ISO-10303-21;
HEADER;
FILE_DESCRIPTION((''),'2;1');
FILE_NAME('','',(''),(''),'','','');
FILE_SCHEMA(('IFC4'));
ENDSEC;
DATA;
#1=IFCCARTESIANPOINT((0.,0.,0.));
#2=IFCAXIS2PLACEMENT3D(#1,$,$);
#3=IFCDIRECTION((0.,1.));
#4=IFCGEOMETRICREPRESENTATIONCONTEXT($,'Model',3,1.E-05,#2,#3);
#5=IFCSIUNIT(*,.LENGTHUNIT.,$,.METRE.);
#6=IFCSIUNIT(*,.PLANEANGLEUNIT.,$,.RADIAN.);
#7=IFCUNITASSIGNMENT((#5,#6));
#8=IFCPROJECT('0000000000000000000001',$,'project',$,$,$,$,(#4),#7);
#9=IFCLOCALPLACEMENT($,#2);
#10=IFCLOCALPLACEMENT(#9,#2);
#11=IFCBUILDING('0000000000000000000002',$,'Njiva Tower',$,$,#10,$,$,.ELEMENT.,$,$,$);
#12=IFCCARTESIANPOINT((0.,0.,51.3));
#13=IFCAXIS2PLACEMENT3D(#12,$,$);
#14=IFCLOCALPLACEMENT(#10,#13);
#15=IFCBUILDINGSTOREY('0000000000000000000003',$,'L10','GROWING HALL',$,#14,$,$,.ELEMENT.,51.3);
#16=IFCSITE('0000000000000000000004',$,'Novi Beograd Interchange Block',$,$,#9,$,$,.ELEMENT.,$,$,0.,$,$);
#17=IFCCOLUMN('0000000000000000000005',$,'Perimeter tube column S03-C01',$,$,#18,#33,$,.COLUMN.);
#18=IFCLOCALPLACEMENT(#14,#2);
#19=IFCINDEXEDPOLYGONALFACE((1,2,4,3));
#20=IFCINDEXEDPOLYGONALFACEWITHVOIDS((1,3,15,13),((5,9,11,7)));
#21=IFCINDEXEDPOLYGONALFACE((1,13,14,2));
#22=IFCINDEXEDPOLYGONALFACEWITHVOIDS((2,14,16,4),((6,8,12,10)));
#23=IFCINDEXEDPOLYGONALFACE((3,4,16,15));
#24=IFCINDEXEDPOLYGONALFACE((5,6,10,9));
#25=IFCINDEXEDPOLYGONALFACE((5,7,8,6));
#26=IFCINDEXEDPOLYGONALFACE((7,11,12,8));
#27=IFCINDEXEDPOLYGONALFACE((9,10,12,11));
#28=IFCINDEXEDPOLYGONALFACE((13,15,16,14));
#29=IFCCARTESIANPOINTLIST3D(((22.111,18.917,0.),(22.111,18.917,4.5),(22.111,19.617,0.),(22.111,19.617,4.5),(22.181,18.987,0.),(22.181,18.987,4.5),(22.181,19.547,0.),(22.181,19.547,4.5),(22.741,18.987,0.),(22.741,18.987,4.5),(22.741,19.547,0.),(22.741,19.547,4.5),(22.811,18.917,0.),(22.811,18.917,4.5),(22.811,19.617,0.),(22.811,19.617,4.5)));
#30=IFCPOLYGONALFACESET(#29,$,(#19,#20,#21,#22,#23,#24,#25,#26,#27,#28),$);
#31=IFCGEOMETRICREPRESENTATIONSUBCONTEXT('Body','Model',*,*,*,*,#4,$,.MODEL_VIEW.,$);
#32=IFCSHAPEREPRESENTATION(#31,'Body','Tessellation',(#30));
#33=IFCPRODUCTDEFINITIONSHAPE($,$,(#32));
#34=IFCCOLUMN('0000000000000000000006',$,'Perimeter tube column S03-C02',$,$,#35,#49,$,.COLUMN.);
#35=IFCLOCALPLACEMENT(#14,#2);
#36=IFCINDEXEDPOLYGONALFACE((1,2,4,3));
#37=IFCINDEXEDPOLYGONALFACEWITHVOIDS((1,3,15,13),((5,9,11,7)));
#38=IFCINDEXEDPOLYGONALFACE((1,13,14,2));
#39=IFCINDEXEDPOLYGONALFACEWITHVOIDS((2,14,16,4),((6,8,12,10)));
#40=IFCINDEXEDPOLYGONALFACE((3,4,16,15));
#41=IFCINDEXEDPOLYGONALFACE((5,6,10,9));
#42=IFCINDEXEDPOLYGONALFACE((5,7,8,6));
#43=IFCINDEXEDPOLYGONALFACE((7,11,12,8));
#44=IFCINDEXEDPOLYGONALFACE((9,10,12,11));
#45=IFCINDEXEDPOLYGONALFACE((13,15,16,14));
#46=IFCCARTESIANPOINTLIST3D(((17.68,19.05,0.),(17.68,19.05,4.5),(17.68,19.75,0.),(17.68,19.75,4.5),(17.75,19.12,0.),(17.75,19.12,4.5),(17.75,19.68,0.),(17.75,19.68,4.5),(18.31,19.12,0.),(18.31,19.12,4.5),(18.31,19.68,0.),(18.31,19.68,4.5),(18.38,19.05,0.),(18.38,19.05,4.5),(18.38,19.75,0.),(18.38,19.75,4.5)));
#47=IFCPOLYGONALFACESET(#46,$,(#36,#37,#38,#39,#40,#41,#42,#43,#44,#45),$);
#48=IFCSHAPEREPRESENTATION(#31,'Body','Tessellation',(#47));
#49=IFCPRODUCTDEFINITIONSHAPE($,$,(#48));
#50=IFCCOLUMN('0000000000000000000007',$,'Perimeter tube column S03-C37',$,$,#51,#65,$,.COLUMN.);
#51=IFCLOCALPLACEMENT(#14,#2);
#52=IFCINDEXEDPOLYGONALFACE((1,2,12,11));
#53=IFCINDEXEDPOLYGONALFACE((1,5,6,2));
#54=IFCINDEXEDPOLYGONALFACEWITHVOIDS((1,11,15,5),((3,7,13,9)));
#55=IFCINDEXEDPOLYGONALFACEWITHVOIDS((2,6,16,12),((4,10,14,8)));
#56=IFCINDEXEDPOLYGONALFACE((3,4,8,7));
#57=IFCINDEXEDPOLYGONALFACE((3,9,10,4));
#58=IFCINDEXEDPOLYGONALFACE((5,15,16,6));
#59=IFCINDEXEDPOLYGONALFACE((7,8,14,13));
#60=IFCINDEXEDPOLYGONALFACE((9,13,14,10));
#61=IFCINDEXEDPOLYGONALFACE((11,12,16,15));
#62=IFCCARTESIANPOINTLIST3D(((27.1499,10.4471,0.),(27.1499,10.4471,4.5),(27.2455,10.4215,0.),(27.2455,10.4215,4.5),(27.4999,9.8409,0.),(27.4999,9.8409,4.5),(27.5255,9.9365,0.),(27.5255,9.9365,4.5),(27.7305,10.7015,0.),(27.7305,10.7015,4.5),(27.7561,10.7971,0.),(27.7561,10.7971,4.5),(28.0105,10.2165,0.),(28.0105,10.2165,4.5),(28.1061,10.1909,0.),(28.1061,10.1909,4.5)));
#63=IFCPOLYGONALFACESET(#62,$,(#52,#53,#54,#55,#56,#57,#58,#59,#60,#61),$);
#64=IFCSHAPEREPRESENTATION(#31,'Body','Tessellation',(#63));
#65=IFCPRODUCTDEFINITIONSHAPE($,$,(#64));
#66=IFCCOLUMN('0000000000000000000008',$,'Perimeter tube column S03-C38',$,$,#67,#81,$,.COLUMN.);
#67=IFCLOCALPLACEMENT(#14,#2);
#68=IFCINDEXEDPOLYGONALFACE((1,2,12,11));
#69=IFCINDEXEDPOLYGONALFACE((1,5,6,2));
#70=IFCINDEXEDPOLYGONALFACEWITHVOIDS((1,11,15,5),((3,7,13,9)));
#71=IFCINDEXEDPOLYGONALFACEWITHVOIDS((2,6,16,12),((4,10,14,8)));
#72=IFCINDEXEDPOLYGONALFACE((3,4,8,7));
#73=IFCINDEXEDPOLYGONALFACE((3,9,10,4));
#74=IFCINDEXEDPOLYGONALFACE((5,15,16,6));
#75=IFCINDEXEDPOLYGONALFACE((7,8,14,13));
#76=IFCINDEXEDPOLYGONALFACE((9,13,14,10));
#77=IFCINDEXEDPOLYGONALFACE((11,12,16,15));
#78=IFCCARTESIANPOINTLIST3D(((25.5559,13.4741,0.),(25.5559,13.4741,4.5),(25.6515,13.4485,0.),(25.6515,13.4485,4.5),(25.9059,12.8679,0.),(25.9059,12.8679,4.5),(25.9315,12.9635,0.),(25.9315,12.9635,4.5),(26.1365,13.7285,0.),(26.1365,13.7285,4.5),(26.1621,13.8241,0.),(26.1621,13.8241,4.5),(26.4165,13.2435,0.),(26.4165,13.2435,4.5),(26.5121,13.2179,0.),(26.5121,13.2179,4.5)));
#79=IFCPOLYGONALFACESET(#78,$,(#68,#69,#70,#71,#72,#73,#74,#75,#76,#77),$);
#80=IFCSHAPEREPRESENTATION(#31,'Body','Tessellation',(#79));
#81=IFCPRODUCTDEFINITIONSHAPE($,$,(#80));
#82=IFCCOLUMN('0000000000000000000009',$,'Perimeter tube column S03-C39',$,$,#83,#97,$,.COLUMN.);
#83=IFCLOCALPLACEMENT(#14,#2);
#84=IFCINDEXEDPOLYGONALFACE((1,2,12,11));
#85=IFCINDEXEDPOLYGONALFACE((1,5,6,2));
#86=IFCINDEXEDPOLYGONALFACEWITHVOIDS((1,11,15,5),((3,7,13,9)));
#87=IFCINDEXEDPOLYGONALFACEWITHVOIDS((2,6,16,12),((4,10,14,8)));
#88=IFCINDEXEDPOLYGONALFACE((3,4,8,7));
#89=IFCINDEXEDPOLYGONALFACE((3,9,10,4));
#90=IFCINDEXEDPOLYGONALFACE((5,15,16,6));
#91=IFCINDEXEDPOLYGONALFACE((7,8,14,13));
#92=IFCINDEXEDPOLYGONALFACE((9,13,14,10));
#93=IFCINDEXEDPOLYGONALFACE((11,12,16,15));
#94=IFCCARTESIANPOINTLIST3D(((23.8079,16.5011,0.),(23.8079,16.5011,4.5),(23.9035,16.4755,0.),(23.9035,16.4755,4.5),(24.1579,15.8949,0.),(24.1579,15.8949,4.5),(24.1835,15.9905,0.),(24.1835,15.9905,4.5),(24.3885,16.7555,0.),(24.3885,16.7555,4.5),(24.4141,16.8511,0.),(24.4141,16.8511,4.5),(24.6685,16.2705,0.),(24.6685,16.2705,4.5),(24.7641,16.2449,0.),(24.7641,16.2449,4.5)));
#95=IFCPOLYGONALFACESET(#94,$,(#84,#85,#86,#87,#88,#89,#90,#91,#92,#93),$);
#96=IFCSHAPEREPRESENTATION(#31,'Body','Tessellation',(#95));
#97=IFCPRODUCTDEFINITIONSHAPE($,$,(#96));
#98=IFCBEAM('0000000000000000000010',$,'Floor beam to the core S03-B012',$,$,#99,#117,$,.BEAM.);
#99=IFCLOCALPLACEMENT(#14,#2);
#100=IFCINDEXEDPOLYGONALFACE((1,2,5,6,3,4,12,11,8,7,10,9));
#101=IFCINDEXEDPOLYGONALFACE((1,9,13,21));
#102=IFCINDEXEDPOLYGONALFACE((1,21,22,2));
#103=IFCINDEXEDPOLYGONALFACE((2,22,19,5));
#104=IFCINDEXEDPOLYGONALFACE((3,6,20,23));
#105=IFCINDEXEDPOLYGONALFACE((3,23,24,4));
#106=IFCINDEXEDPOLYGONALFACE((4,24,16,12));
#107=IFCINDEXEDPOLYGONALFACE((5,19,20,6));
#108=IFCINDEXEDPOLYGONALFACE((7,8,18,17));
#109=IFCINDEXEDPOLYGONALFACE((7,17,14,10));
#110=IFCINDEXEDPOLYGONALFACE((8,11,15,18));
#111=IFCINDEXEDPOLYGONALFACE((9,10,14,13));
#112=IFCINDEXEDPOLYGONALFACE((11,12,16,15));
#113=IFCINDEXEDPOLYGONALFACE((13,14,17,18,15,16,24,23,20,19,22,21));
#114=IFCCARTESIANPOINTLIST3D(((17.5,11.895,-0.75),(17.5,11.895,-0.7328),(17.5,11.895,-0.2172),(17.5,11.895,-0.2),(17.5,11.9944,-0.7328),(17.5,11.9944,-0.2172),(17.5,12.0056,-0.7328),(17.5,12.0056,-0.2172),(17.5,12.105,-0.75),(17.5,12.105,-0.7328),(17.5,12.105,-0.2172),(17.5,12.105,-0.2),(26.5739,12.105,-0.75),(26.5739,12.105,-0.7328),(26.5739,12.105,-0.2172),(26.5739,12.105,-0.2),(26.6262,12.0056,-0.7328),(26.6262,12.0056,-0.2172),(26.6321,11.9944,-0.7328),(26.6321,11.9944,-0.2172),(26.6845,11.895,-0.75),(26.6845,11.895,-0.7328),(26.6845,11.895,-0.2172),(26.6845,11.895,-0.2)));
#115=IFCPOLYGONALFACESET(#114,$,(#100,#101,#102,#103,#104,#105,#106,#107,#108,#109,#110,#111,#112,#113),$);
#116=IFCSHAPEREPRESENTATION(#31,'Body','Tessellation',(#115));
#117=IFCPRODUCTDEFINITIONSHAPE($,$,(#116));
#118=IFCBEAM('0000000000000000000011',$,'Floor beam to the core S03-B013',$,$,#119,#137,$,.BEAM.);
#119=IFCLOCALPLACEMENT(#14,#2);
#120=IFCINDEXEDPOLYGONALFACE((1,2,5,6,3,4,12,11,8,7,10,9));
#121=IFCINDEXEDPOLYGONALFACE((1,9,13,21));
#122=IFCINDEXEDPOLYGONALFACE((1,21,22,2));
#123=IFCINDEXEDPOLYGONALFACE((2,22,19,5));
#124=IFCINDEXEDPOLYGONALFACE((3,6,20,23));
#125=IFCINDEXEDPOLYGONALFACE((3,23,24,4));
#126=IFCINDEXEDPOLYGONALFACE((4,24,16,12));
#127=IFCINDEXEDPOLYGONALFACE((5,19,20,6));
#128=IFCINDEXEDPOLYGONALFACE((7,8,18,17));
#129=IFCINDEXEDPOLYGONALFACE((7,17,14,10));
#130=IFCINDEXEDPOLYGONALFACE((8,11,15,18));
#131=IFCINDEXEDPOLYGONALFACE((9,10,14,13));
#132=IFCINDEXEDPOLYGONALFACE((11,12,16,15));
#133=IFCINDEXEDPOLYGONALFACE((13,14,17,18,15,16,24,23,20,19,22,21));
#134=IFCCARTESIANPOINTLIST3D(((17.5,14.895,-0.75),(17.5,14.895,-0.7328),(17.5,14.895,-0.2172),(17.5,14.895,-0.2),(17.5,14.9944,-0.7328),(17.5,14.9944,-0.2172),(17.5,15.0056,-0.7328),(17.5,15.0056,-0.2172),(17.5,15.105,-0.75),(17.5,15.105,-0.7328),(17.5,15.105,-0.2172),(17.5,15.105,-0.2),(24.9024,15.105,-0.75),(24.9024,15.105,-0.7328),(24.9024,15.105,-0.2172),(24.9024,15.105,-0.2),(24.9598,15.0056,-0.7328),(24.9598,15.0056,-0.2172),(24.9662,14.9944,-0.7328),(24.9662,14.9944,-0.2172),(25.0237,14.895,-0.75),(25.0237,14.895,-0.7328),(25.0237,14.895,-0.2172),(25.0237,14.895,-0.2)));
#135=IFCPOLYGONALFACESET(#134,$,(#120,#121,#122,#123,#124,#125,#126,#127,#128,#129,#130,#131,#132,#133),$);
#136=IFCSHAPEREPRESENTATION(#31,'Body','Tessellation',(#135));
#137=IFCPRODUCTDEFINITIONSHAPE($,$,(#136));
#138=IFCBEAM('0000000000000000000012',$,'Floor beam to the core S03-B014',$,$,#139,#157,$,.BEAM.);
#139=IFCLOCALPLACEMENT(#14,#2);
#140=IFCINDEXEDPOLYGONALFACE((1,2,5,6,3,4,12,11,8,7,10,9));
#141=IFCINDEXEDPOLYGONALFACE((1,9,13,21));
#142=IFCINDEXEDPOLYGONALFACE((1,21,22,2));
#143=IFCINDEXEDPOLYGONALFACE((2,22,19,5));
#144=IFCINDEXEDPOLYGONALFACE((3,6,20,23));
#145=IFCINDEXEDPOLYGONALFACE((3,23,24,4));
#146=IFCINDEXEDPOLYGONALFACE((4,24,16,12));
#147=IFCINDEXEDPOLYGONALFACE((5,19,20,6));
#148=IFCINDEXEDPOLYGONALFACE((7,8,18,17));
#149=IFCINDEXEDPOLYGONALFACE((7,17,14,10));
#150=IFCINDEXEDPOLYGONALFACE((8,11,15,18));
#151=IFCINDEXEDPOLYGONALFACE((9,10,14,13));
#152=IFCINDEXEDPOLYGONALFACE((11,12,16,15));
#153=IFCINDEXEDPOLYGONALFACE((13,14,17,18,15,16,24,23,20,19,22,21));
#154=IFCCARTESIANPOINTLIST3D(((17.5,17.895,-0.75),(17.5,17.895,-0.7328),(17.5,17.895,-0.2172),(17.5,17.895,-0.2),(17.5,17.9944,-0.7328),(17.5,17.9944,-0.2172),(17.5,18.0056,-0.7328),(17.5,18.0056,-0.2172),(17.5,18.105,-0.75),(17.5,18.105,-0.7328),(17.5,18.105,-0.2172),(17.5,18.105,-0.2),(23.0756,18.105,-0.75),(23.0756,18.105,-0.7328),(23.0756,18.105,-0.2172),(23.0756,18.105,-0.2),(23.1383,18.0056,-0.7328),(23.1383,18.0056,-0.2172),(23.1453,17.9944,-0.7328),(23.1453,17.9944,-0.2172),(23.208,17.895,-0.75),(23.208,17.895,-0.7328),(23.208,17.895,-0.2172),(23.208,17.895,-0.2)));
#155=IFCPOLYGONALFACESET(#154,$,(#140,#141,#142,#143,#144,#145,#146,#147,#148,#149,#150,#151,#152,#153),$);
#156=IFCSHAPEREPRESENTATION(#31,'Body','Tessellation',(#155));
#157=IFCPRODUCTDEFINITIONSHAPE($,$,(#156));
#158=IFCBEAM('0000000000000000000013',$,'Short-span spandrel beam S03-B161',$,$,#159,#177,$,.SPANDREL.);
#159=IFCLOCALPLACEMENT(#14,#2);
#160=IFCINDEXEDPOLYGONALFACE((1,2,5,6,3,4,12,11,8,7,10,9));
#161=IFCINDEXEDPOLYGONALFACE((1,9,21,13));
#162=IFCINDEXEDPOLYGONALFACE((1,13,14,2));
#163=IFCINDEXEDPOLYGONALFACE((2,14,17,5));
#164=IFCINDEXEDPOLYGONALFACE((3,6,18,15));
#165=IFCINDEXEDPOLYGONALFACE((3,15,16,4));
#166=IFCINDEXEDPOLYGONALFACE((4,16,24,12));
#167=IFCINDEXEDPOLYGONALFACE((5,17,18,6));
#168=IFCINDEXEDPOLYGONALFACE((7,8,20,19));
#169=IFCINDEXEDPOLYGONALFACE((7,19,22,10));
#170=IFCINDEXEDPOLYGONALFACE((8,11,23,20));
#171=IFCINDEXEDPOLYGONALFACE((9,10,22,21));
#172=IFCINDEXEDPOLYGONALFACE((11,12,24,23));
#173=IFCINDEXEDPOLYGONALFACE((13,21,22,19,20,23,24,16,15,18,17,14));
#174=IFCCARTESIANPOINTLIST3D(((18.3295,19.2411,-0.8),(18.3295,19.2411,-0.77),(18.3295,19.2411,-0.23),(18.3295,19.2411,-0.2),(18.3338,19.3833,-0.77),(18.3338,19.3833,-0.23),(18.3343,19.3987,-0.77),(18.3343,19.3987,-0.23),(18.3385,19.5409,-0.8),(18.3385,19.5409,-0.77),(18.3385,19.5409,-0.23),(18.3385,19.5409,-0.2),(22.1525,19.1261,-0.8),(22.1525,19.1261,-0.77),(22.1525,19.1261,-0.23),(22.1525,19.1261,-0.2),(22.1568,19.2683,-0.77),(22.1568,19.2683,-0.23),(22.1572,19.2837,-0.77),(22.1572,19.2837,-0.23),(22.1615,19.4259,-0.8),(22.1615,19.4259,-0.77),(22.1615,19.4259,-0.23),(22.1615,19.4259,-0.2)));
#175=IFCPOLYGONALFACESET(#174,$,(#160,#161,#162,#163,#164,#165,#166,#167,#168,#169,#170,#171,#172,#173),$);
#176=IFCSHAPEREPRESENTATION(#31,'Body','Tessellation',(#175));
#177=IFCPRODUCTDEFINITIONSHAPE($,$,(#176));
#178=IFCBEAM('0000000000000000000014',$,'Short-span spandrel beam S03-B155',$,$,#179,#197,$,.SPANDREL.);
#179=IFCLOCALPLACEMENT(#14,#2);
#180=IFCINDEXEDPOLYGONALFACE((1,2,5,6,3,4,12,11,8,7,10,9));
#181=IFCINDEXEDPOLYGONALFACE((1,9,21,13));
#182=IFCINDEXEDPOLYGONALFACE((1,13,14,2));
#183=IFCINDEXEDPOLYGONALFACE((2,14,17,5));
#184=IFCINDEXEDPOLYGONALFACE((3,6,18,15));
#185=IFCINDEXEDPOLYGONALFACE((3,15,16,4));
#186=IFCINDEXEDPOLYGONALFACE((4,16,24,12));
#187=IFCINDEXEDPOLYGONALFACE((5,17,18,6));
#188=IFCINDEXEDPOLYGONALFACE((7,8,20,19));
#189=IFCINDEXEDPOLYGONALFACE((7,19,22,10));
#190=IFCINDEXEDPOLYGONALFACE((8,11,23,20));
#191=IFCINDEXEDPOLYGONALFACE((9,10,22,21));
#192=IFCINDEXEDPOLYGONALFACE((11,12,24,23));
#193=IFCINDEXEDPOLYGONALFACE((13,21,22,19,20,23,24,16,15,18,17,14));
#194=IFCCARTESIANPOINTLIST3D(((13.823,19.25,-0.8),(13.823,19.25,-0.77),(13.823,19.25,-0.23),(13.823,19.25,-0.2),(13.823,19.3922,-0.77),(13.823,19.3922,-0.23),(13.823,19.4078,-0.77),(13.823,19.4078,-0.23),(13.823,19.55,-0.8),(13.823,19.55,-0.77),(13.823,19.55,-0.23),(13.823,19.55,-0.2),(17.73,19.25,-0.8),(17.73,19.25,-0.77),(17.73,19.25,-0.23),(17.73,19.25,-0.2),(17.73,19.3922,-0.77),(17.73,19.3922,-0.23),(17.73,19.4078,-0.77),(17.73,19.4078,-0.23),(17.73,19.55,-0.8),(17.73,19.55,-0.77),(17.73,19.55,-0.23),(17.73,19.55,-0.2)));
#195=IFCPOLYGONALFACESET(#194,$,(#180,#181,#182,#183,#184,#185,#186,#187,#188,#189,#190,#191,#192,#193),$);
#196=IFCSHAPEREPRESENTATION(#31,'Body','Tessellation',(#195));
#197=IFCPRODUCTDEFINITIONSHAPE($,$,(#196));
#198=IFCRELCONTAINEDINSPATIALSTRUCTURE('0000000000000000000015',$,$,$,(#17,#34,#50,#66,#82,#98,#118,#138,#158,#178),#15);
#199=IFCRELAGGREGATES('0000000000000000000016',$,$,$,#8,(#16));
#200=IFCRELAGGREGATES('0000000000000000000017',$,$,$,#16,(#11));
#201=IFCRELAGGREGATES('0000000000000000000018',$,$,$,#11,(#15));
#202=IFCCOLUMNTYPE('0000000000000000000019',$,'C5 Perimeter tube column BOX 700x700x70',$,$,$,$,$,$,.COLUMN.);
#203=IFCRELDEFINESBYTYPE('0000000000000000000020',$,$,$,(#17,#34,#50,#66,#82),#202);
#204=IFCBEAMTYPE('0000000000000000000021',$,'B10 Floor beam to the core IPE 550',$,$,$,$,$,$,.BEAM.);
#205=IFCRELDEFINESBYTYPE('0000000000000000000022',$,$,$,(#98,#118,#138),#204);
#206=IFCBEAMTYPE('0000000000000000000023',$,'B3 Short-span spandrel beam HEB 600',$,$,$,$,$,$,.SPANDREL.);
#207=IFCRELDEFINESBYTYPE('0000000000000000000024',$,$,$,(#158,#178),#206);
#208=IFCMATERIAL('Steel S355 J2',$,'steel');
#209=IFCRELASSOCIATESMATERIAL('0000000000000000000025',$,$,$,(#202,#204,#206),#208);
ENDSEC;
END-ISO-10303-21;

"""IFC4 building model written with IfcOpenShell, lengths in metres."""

from ifc_helpers import new_model, si_unit, direction, frame, origin, origin_2d, place, context, subcontext, project, spatial, hollow_rectangle, i_section, extrude, clip, halfspace, material, material_profile, profile_set, type_object, element, save


model = new_model("IFC4")

# Units and contexts
model_context = context("Model", 3, precision=1e-05, world=origin(), true_north=direction((0.0, 1.0)))
body_context = subcontext(model_context, "Body", "Model", "MODEL_VIEW")
ifc_project = project(units=[si_unit("LENGTHUNIT", "METRE"), si_unit("PLANEANGLEUNIT", "RADIAN")], contexts=[model_context])

# Site, building, storey
site_placement = place(None, origin())
site = spatial("IfcSite", under=ifc_project, at=site_placement, Name="Novi Beograd Interchange Block", CompositionType="ELEMENT", RefElevation=0.0)
building_placement = place(site_placement, origin())
building = spatial("IfcBuilding", under=site, at=building_placement, Name="Njiva Tower", CompositionType="ELEMENT")
storey_placement = place(building_placement, frame((0.0, 0.0, 51.3)))
storey = spatial("IfcBuildingStorey", under=building, at=storey_placement, Name="L10", Description="GROWING HALL", CompositionType="ELEMENT", Elevation=51.3)

# Columns
ifc_material_1 = material(Name="Steel S355 J2", Category="steel")
ifc_material_profile_1 = material_profile(ifc_material_1, hollow_rectangle(XDim=0.7, YDim=0.7, WallThickness=0.07, at=origin_2d()), Name="BOX 700x700x70")
ifc_profile_set_1 = profile_set([ifc_material_profile_1], Name="Steel S355 J2")
column_type = type_object("IfcColumnType", Name="C5 Perimeter tube column BOX 700x700x70", PredefinedType="COLUMN", material=ifc_profile_set_1)
for number, where, z_axis, x_axis, name in (
    (1, (22.461, 19.267, 0.0), (0.0, 0.0, 1.0), (-1.0, 0.0, 0.0), "Perimeter tube column S03-C01"),
    (2, (18.03, 19.4, 0.0), (0.0, 0.0, 1.0), (-1.0, 0.0, 0.0), "Perimeter tube column S03-C02"),
    (3, (27.628, 10.319, 0.0), (0.0, 0.0, 1.0), (-0.5, 0.866025, 0.0), "Perimeter tube column S03-C37"),
    (4, (26.034, 13.346, 0.0), (0.0, 0.0, 1.0), (-0.5, 0.866025, 0.0), "Perimeter tube column S03-C38"),
    (5, (24.286, 16.373, 0.0), (0.0, 0.0, 1.0), (-0.5, 0.866025, 0.0), "Perimeter tube column S03-C39"),
):
    element("IfcColumn", number, at=place(storey_placement, frame(where, z_axis=z_axis, x_axis=x_axis)), inside=storey, type_object=column_type, Name=name, PredefinedType="COLUMN", context=body_context, shape_type="SweptSolid", body=[
        extrude(hollow_rectangle(XDim=0.7, YDim=0.7, WallThickness=0.07, at=origin_2d()), origin(), (0.0, 0.0, 1.0), 4.5),
    ])

# Beams
ifc_material_profile_2 = material_profile(ifc_material_1, i_section(OverallWidth=0.21, OverallDepth=0.55, WebThickness=0.0111, FlangeThickness=0.0172, at=origin_2d()), Name="IPE 550")
ifc_profile_set_2 = profile_set([ifc_material_profile_2], Name="Steel S355 J2")
beam_type_1 = type_object("IfcBeamType", Name="B10 Floor beam to the core IPE 550", PredefinedType="BEAM", material=ifc_profile_set_2)
beam_1_placement = place(storey_placement, frame((17.5, 12.0, -0.475), z_axis=(1.0, 0.0, 0.0), x_axis=(0.0, 1.0, 0.0)))
element("IfcBeam", 6, at=beam_1_placement, inside=storey, type_object=beam_type_1, Name="Floor beam to the core S03-B012", PredefinedType="BEAM", context=body_context, shape_type="Clipping", body=[
    clip(extrude(i_section(OverallWidth=0.21, OverallDepth=0.55, WebThickness=0.0111, FlangeThickness=0.0172, at=origin_2d()), origin(), (0.0, 0.0, 1.0), 9.204), halfspace(frame((0.0233, 0.0, 9.1169), z_axis=(0.465931, 0.0, 0.884821), x_axis=(0.0, 1.0, 0.0)), False)),
])
beam_2_placement = place(storey_placement, frame((17.5, 15.0, -0.475), z_axis=(1.0, 0.0, 0.0), x_axis=(0.0, 1.0, 0.0)))
element("IfcBeam", 7, at=beam_2_placement, inside=storey, type_object=beam_type_1, Name="Floor beam to the core S03-B013", PredefinedType="BEAM", context=body_context, shape_type="Clipping", body=[
    clip(extrude(i_section(OverallWidth=0.21, OverallDepth=0.55, WebThickness=0.0111, FlangeThickness=0.0172, at=origin_2d()), origin(), (0.0, 0.0, 1.0), 7.544), halfspace(frame((0.025, 0.0, 7.4486), z_axis=(0.499998, 0.0, 0.866027), x_axis=(0.0, 1.0, 0.0)), False)),
])
beam_3_placement = place(storey_placement, frame((17.5, 18.0, -0.475), z_axis=(1.0, 0.0, 0.0), x_axis=(0.0, 1.0, 0.0)))
element("IfcBeam", 8, at=beam_3_placement, inside=storey, type_object=beam_type_1, Name="Floor beam to the core S03-B014", PredefinedType="BEAM", context=body_context, shape_type="Clipping", body=[
    clip(extrude(i_section(OverallWidth=0.21, OverallDepth=0.55, WebThickness=0.0111, FlangeThickness=0.0172, at=origin_2d()), origin(), (0.0, 0.0, 1.0), 5.728), halfspace(frame((0.0267, 0.0, 5.625), z_axis=(0.533317, 0.0, 0.845915), x_axis=(0.0, 1.0, 0.0)), False)),
])
ifc_material_profile_3 = material_profile(ifc_material_1, i_section(OverallWidth=0.3, OverallDepth=0.6, WebThickness=0.0155, FlangeThickness=0.03, at=origin_2d()), Name="HEB 600")
ifc_profile_set_3 = profile_set([ifc_material_profile_3], Name="Steel S355 J2")
beam_type_2 = type_object("IfcBeamType", Name="B3 Short-span spandrel beam HEB 600", PredefinedType="SPANDREL", material=ifc_profile_set_3)
beam_4_placement = place(storey_placement, frame((22.157, 19.276, -0.5), z_axis=(-0.999548, 0.030067, 0.0), x_axis=(-0.030067, -0.999548, 0.0)))
element("IfcBeam", 9, at=beam_4_placement, inside=storey, type_object=beam_type_2, Name="Short-span spandrel beam S03-B161", PredefinedType="SPANDREL", context=body_context, shape_type="SweptSolid", body=[
    extrude(i_section(OverallWidth=0.3, OverallDepth=0.6, WebThickness=0.0155, FlangeThickness=0.03, at=origin_2d()), origin(), (0.0, 0.0, 1.0), 3.8247),
])
beam_5_placement = place(storey_placement, frame((17.73, 19.4, -0.5), z_axis=(-1.0, 0.0, 0.0), x_axis=(0.0, -1.0, 0.0)))
element("IfcBeam", 10, at=beam_5_placement, inside=storey, type_object=beam_type_2, Name="Short-span spandrel beam S03-B155", PredefinedType="SPANDREL", context=body_context, shape_type="SweptSolid", body=[
    extrude(i_section(OverallWidth=0.3, OverallDepth=0.6, WebThickness=0.0155, FlangeThickness=0.03, at=origin_2d()), origin(), (0.0, 0.0, 1.0), 3.907),
])

save(model, "model.ifc")
